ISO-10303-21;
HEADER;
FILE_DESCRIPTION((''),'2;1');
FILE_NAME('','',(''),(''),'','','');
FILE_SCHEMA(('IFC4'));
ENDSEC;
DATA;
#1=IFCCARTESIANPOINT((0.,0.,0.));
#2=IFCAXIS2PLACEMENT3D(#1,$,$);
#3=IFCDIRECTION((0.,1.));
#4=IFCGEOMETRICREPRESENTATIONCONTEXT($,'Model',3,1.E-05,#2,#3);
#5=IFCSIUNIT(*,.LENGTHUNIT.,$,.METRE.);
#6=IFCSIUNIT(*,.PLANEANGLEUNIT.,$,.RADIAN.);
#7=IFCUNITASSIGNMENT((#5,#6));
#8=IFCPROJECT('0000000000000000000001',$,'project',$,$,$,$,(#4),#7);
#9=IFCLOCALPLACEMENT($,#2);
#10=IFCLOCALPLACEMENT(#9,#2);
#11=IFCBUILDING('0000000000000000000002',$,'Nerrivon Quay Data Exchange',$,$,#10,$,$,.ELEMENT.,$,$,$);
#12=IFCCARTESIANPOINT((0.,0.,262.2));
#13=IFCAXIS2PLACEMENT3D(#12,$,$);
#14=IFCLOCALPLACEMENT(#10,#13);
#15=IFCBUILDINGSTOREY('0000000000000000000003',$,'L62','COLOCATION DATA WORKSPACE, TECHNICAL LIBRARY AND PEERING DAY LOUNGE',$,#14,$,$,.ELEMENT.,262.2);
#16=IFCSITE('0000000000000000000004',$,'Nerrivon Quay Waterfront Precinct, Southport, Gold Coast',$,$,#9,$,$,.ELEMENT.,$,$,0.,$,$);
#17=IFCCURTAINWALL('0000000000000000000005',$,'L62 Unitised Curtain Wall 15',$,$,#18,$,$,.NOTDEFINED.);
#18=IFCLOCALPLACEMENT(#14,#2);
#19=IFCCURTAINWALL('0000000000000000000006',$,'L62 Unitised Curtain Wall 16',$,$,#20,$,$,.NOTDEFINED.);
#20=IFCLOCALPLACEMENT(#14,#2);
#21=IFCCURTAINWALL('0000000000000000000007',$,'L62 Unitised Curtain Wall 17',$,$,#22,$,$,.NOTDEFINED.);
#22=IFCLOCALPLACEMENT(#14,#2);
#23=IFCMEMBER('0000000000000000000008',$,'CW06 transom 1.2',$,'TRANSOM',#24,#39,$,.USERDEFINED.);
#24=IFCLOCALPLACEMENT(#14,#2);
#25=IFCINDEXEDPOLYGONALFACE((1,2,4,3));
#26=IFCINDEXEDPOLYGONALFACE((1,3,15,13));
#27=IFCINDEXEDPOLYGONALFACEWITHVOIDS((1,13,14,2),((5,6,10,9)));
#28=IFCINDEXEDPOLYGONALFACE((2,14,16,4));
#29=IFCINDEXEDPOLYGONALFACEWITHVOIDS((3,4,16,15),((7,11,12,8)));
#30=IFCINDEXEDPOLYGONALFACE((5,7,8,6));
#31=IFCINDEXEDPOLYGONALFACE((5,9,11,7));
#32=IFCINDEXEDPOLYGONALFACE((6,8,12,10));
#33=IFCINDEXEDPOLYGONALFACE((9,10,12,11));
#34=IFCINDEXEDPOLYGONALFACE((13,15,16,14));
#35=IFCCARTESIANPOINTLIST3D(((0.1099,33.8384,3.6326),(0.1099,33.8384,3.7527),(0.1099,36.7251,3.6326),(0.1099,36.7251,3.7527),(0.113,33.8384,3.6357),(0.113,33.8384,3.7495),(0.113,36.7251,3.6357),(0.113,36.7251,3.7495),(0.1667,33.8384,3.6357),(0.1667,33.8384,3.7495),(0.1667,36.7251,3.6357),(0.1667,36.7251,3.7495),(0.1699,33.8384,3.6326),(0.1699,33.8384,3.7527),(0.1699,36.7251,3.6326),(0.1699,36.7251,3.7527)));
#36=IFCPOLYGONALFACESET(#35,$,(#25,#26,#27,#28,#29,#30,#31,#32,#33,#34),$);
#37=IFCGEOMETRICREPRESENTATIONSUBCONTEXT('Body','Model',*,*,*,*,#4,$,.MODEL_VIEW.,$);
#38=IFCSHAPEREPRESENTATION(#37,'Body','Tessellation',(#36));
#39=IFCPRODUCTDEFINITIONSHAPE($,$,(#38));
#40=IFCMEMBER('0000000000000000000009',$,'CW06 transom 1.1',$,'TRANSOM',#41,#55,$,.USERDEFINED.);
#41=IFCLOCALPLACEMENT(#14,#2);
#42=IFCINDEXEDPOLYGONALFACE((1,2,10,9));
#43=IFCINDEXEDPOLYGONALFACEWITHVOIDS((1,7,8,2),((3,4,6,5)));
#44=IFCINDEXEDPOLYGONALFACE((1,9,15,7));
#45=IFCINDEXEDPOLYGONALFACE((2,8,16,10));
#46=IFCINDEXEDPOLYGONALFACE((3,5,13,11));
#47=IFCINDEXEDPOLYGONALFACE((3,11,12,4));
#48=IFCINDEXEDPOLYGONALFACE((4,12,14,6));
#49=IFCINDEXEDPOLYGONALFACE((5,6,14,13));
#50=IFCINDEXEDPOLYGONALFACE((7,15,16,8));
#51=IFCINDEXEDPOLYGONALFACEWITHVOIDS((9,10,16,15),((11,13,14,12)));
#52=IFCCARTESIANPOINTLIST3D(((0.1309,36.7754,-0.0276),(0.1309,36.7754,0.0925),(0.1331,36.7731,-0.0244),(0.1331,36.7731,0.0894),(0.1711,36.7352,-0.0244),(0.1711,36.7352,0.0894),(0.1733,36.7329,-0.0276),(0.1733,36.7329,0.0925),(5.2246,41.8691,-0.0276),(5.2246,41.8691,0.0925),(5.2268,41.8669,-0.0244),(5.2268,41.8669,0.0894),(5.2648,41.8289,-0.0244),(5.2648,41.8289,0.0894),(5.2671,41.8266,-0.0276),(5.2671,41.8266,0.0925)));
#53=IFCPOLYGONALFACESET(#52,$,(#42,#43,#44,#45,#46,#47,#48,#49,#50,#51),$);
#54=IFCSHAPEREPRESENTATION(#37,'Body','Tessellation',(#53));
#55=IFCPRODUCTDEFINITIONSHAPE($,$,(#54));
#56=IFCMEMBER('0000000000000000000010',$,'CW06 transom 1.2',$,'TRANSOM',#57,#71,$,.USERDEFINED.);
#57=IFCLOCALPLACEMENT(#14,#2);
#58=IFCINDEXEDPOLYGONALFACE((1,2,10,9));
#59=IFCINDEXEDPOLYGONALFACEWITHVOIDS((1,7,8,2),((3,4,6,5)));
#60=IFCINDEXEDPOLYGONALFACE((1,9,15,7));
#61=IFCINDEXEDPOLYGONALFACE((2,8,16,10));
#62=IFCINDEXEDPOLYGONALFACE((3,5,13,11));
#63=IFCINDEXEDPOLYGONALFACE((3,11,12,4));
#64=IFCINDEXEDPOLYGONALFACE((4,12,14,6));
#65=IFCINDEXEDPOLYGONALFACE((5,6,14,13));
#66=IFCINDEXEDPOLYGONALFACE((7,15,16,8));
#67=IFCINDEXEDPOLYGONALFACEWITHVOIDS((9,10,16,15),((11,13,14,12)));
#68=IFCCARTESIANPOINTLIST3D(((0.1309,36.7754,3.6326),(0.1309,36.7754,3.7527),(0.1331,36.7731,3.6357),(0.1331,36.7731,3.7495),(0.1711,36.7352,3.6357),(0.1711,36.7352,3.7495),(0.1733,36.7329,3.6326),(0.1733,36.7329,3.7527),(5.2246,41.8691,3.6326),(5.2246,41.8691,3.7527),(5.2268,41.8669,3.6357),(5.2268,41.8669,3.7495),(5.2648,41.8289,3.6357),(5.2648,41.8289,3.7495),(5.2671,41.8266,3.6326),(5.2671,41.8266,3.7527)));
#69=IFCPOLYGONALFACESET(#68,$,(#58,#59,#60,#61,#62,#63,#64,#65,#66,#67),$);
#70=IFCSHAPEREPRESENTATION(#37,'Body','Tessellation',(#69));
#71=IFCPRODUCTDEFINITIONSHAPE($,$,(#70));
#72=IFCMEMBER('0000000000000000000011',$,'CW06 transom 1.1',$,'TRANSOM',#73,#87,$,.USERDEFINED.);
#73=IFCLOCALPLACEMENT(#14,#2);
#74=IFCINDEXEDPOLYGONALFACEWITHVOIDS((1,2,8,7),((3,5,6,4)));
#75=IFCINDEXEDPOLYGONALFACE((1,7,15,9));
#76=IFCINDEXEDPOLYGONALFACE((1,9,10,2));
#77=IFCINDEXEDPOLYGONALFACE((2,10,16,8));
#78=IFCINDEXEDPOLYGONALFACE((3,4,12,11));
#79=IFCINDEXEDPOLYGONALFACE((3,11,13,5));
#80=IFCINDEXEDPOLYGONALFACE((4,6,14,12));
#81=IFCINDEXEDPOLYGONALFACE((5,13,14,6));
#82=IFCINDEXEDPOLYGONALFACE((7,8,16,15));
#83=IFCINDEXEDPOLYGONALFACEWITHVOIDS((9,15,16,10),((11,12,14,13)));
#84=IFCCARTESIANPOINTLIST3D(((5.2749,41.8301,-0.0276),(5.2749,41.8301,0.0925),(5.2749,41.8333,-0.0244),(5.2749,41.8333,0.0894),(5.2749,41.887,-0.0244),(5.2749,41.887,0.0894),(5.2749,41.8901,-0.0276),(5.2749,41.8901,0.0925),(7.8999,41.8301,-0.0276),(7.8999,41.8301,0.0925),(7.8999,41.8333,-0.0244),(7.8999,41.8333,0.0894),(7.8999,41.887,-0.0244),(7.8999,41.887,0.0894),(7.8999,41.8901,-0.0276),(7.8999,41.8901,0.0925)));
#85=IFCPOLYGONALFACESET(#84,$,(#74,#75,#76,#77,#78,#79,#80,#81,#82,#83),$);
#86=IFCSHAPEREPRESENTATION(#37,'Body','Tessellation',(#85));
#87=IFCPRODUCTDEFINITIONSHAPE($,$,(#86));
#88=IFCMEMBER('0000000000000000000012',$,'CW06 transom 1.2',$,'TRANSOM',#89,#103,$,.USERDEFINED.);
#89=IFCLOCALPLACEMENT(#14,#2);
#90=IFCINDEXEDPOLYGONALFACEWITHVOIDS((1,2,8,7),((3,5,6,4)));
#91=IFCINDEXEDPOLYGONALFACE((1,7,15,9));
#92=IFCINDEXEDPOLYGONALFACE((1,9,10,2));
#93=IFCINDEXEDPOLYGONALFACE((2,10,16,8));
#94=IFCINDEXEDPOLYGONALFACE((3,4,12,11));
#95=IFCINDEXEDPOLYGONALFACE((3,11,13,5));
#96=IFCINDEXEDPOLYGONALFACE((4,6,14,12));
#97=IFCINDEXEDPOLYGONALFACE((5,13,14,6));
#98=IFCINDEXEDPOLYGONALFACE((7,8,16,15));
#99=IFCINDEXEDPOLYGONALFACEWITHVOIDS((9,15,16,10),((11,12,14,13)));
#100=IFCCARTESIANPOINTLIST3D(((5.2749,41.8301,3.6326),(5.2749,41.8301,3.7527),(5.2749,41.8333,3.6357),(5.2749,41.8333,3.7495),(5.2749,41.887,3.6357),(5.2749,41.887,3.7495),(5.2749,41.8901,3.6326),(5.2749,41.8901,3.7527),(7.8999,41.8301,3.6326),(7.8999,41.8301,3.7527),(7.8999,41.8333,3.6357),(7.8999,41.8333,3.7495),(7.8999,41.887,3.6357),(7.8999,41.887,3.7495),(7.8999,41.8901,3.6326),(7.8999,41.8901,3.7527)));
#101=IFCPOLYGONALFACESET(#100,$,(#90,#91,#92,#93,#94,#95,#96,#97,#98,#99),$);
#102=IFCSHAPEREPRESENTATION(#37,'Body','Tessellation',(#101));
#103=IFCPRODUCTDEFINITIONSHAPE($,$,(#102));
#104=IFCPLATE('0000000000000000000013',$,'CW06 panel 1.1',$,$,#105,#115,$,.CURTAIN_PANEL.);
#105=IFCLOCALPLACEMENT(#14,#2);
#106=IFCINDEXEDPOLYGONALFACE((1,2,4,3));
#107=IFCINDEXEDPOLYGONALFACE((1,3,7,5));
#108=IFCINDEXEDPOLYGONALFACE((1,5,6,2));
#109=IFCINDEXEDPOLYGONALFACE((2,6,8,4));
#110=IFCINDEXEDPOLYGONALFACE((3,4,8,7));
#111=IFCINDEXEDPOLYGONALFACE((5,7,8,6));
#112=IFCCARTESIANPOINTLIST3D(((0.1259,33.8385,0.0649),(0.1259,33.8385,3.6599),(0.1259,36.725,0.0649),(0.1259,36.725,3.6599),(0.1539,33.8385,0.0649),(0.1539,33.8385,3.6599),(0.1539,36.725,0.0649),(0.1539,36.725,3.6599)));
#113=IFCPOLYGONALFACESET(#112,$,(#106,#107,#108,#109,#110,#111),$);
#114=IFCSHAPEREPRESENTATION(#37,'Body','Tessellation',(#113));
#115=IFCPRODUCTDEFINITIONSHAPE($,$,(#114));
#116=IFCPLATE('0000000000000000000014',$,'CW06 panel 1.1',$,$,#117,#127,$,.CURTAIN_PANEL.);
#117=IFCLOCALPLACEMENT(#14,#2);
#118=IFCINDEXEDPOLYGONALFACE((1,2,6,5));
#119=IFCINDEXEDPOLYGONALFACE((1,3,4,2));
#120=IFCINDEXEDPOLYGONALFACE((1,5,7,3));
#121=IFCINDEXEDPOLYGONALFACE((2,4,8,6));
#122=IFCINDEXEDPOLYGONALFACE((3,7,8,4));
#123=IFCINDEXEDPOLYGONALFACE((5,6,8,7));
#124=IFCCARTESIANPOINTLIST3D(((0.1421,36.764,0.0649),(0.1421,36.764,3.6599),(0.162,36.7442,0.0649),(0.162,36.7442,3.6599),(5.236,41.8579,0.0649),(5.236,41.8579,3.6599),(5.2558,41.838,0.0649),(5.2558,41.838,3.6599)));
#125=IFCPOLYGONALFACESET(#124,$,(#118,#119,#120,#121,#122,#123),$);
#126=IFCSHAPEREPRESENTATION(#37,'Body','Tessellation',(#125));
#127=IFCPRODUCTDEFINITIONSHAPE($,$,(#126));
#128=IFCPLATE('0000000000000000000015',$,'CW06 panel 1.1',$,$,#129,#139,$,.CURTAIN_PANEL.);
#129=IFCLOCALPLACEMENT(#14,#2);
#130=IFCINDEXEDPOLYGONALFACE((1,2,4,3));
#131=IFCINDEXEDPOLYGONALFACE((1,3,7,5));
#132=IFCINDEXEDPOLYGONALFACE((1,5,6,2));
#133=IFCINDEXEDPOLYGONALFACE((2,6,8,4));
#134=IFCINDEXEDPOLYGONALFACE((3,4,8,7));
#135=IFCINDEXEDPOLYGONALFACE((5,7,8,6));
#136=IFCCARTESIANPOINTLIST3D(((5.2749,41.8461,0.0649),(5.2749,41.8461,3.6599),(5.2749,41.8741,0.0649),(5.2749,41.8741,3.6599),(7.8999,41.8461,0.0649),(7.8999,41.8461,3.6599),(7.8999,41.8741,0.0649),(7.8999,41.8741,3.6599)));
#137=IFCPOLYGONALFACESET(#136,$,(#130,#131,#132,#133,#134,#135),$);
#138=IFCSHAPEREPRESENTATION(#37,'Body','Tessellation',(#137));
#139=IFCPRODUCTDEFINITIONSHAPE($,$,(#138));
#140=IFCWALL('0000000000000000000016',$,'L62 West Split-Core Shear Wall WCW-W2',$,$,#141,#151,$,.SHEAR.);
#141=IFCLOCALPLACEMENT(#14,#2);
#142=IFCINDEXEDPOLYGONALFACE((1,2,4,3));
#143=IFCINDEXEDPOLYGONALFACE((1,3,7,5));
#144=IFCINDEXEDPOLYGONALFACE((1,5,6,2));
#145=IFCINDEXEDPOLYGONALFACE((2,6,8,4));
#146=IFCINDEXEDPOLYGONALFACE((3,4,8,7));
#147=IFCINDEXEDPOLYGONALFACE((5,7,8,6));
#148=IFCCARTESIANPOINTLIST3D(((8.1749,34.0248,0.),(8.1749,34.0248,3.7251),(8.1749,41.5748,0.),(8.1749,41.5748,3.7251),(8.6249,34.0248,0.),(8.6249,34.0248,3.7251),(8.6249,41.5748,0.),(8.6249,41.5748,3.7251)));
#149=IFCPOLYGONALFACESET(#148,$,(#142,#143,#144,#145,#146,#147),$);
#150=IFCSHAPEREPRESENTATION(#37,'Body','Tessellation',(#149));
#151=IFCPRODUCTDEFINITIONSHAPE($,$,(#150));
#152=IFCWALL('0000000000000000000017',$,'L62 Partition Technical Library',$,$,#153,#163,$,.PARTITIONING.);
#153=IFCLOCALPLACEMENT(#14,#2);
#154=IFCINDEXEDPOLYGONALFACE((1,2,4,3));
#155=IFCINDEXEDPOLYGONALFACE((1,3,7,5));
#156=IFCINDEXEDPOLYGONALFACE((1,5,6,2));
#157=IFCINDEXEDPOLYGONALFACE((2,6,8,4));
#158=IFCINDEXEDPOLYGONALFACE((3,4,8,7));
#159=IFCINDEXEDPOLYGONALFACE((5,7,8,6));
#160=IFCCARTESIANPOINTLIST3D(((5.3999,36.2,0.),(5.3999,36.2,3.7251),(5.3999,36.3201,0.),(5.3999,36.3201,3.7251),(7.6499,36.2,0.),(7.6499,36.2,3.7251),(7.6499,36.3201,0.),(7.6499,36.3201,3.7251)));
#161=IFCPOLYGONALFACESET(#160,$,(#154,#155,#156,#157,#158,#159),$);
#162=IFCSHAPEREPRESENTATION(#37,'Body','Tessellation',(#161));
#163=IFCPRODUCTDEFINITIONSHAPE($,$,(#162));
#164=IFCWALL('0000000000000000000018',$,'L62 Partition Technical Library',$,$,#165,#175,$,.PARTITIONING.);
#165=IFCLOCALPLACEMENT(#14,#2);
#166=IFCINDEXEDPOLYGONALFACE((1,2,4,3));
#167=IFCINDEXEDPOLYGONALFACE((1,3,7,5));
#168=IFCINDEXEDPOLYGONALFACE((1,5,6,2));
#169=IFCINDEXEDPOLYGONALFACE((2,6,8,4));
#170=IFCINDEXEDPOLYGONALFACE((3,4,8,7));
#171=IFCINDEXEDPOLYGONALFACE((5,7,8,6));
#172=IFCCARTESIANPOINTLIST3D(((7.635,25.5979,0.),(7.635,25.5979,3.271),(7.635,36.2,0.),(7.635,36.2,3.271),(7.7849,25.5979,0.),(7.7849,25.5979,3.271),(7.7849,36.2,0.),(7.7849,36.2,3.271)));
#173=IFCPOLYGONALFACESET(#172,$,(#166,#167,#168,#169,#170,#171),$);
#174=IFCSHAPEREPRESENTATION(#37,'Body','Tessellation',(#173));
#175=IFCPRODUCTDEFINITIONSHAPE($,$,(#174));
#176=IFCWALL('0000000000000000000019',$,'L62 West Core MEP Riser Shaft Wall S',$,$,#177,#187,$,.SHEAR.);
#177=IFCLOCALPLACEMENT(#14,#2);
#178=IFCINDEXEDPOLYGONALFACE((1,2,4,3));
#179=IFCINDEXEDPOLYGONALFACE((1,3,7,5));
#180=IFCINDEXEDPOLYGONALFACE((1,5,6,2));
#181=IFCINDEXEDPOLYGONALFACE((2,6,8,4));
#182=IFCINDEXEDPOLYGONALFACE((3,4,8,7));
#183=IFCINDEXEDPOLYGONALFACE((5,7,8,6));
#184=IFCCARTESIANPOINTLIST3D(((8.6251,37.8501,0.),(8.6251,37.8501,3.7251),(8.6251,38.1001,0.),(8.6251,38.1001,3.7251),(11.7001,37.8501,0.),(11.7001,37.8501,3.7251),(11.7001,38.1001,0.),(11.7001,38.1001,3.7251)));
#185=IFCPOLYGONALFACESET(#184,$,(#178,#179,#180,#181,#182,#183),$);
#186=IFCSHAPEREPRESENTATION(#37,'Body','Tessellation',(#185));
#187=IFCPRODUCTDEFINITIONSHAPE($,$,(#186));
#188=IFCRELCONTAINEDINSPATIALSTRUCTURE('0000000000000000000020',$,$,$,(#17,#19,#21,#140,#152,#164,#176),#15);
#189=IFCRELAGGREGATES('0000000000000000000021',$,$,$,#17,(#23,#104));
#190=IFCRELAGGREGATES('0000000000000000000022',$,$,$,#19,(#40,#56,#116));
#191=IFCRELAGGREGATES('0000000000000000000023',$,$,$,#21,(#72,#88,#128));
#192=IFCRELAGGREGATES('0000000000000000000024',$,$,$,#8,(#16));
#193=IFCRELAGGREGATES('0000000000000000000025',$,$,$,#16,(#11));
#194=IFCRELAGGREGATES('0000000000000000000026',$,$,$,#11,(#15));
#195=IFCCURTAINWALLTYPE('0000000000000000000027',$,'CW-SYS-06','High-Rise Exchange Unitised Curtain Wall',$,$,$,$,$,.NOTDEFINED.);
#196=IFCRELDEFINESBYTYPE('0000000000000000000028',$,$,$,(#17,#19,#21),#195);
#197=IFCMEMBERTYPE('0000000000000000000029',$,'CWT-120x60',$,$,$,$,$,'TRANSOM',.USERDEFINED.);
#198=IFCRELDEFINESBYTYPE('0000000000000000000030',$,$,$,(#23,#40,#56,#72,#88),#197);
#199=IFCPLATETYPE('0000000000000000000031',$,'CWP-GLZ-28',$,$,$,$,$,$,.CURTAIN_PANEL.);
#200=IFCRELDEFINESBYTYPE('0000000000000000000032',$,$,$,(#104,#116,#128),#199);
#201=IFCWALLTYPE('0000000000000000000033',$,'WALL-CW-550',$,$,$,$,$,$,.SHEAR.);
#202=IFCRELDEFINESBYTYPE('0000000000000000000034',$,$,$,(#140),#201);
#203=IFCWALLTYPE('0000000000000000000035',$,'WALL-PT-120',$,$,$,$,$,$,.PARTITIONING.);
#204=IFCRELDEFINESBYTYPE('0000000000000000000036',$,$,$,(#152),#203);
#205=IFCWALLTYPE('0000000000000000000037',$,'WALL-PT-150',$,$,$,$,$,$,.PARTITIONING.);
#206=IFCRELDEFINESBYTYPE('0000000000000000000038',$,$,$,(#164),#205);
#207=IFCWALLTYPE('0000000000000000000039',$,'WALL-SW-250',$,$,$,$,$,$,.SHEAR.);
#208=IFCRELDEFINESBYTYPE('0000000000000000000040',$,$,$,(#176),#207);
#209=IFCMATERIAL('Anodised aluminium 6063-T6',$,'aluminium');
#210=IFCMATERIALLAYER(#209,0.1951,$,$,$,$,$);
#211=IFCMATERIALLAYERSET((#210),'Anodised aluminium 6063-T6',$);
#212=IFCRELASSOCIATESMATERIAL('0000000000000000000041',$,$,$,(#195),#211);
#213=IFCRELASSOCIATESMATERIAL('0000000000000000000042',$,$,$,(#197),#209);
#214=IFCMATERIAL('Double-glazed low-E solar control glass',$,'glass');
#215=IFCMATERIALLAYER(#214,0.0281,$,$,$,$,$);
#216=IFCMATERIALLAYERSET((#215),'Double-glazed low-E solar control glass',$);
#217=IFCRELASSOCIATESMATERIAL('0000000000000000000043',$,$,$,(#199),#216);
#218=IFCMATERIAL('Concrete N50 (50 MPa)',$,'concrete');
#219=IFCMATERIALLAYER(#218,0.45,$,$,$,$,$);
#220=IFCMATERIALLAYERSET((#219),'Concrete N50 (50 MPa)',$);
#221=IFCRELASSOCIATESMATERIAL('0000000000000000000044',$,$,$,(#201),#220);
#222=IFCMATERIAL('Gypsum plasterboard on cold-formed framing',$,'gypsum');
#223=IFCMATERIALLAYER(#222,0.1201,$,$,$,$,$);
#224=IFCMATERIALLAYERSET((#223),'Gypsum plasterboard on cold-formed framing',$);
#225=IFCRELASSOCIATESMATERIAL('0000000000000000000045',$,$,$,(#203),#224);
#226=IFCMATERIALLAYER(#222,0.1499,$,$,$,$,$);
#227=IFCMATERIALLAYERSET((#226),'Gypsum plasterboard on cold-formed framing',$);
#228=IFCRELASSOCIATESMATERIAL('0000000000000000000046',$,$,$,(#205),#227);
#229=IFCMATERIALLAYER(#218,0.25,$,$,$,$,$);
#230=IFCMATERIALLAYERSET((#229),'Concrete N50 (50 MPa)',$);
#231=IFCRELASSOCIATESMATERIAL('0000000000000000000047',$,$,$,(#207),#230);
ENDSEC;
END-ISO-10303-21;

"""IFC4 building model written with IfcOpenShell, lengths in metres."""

from ifc_helpers import new_model, si_unit, direction, frame, frame_2d, origin, origin_2d, place, context, subcontext, project, spatial, rectangle, hollow_rectangle, extrude, material, layer, layer_set, material_profile, profile_set, type_object, element, aggregate, save


model = new_model("IFC4")

# Units and contexts
model_context = context("Model", 3, precision=1e-05, world=origin(), true_north=direction((0.0, 1.0)))
body_context = subcontext(model_context, "Body", "Model", "MODEL_VIEW")
ifc_project = project(units=[si_unit("LENGTHUNIT", "METRE"), si_unit("PLANEANGLEUNIT", "RADIAN")], contexts=[model_context])

# Site, building, storey
site_placement = place(None, origin())
site = spatial("IfcSite", under=ifc_project, at=site_placement, Name="Nerrivon Quay Waterfront Precinct, Southport, Gold Coast", CompositionType="ELEMENT", RefElevation=0.0)
building_placement = place(site_placement, origin())
building = spatial("IfcBuilding", under=site, at=building_placement, Name="Nerrivon Quay Data Exchange", CompositionType="ELEMENT")
storey_placement = place(building_placement, frame((0.0, 0.0, 262.2)))
storey = spatial("IfcBuildingStorey", under=building, at=storey_placement, Name="L62", Description="COLOCATION DATA WORKSPACE, TECHNICAL LIBRARY AND PEERING DAY LOUNGE", CompositionType="ELEMENT", Elevation=262.2)

# Shared definitions
ifc_material_1 = material(Name="Concrete N50 (50 MPa)", Category="concrete")

# Curtain walls
ifc_material_2 = material(Name="Anodised aluminium 6063-T6", Category="aluminium")
ifc_layer_1 = layer(ifc_material_2, 0.1951)
ifc_layer_set_1 = layer_set([ifc_layer_1], Name="Anodised aluminium 6063-T6")
curtain_wall_type = type_object("IfcCurtainWallType", Name="CW-SYS-06", Description="High-Rise Exchange Unitised Curtain Wall", PredefinedType="NOTDEFINED", material=ifc_layer_set_1)
curtain_wall_1_placement = place(storey_placement, origin())
curtain_wall_1 = element("IfcCurtainWall", 1, at=curtain_wall_1_placement, inside=storey, type_object=curtain_wall_type, Name="L62 Unitised Curtain Wall 15", PredefinedType="NOTDEFINED")
curtain_wall_2_placement = place(storey_placement, origin())
curtain_wall_2 = element("IfcCurtainWall", 2, at=curtain_wall_2_placement, inside=storey, type_object=curtain_wall_type, Name="L62 Unitised Curtain Wall 16", PredefinedType="NOTDEFINED")
curtain_wall_3_placement = place(storey_placement, origin())
curtain_wall_3 = element("IfcCurtainWall", 3, at=curtain_wall_3_placement, inside=storey, type_object=curtain_wall_type, Name="L62 Unitised Curtain Wall 17", PredefinedType="NOTDEFINED")

# Members
ifc_material_profile_1 = material_profile(ifc_material_2, hollow_rectangle(XDim=0.0601, YDim=0.1201, WallThickness=0.0032, at=origin_2d()), Name="ALU-TRAN-120x60")
ifc_profile_set_1 = profile_set([ifc_material_profile_1], Name="Anodised aluminium 6063-T6")
member_type_1 = type_object("IfcMemberType", Name="CWT-120x60", ElementType="TRANSOM", PredefinedType="USERDEFINED", material=ifc_profile_set_1)
member_1_placement = place(storey_placement, frame((0.1399, 33.8384, 3.6926), z_axis=(0.0, 1.0, 0.0), x_axis=(-1.0, 0.0, 0.0)))
member_1 = element("IfcMember", 4, at=member_1_placement, type_object=member_type_1, Name="CW06 transom 1.2", ObjectType="TRANSOM", PredefinedType="USERDEFINED", context=body_context, shape_type="SweptSolid", body=[
    extrude(hollow_rectangle(XDim=0.0601, YDim=0.1201, WallThickness=0.0032, at=origin_2d()), origin(), (0.0, 0.0, 1.0), 2.8867),
])
member_2_placement = place(storey_placement, frame((0.1521, 36.7542, 0.0325), z_axis=(0.707107, 0.707107, 0.0), x_axis=(-0.707107, 0.707107, 0.0)))
member_2 = element("IfcMember", 5, at=member_2_placement, type_object=member_type_1, Name="CW06 transom 1.1", ObjectType="TRANSOM", PredefinedType="USERDEFINED", context=body_context, shape_type="SweptSolid", body=[
    extrude(hollow_rectangle(XDim=0.0601, YDim=0.1201, WallThickness=0.0032, at=origin_2d()), origin(), (0.0, 0.0, 1.0), 7.2036),
])
member_3_placement = place(storey_placement, frame((0.1521, 36.7542, 3.6926), z_axis=(0.707107, 0.707107, 0.0), x_axis=(-0.707107, 0.707107, 0.0)))
member_3 = element("IfcMember", 6, at=member_3_placement, type_object=member_type_1, Name="CW06 transom 1.2", ObjectType="TRANSOM", PredefinedType="USERDEFINED", context=body_context, shape_type="SweptSolid", body=[
    extrude(hollow_rectangle(XDim=0.0601, YDim=0.1201, WallThickness=0.0032, at=origin_2d()), origin(), (0.0, 0.0, 1.0), 7.2036),
])
member_4_placement = place(storey_placement, frame((5.2749, 41.8601, 0.0325), z_axis=(1.0, 0.0, 0.0), x_axis=(0.0, 1.0, 0.0)))
member_4 = element("IfcMember", 7, at=member_4_placement, type_object=member_type_1, Name="CW06 transom 1.1", ObjectType="TRANSOM", PredefinedType="USERDEFINED", context=body_context, shape_type="SweptSolid", body=[
    extrude(hollow_rectangle(XDim=0.0601, YDim=0.1201, WallThickness=0.0032, at=origin_2d()), origin(), (0.0, 0.0, 1.0), 2.625),
])
member_5_placement = place(storey_placement, frame((5.2749, 41.8601, 3.6926), z_axis=(1.0, 0.0, 0.0), x_axis=(0.0, 1.0, 0.0)))
member_5 = element("IfcMember", 8, at=member_5_placement, type_object=member_type_1, Name="CW06 transom 1.2", ObjectType="TRANSOM", PredefinedType="USERDEFINED", context=body_context, shape_type="SweptSolid", body=[
    extrude(hollow_rectangle(XDim=0.0601, YDim=0.1201, WallThickness=0.0032, at=origin_2d()), origin(), (0.0, 0.0, 1.0), 2.625),
])

# Plates
ifc_material_3 = material(Name="Double-glazed low-E solar control glass", Category="glass")
ifc_layer_2 = layer(ifc_material_3, 0.0281)
ifc_layer_set_2 = layer_set([ifc_layer_2], Name="Double-glazed low-E solar control glass")
plate_type = type_object("IfcPlateType", Name="CWP-GLZ-28", PredefinedType="CURTAIN_PANEL", material=ifc_layer_set_2)
plate_1_placement = place(storey_placement, frame((0.1399, 35.2817, 0.0649), z_axis=(0.0, 0.0, 1.0), x_axis=(0.0, 1.0, 0.0)))
plate_1 = element("IfcPlate", 9, at=plate_1_placement, type_object=plate_type, Name="CW06 panel 1.1", PredefinedType="CURTAIN_PANEL", context=body_context, shape_type="SweptSolid", body=[
    extrude(rectangle(XDim=2.8865, YDim=0.0281, at=origin_2d()), origin(), (0.0, 0.0, 1.0), 3.595),
])
aggregate(curtain_wall_1, [member_1, plate_1])
plate_2_placement = place(storey_placement, frame((2.699, 39.301, 0.0649), z_axis=(0.0, 0.0, 1.0), x_axis=(0.707107, 0.707107, 0.0)))
plate_2 = element("IfcPlate", 10, at=plate_2_placement, type_object=plate_type, Name="CW06 panel 1.1", PredefinedType="CURTAIN_PANEL", context=body_context, shape_type="SweptSolid", body=[
    extrude(rectangle(XDim=7.2039, YDim=0.0281, at=origin_2d()), origin(), (0.0, 0.0, 1.0), 3.595),
])
aggregate(curtain_wall_2, [member_2, member_3, plate_2])
plate_3_placement = place(storey_placement, frame((6.5874, 41.8601, 0.0649), z_axis=(0.0, 0.0, 1.0), x_axis=(1.0, 0.0, 0.0)))
plate_3 = element("IfcPlate", 11, at=plate_3_placement, type_object=plate_type, Name="CW06 panel 1.1", PredefinedType="CURTAIN_PANEL", context=body_context, shape_type="SweptSolid", body=[
    extrude(rectangle(XDim=2.625, YDim=0.0281, at=origin_2d()), origin(), (0.0, 0.0, 1.0), 3.595),
])
aggregate(curtain_wall_3, [member_4, member_5, plate_3])

# Walls
ifc_layer_3 = layer(ifc_material_1, 0.45)
ifc_layer_set_3 = layer_set([ifc_layer_3], Name="Concrete N50 (50 MPa)")
wall_type_1 = type_object("IfcWallType", Name="WALL-CW-550", PredefinedType="SHEAR", material=ifc_layer_set_3)
wall_1_placement = place(storey_placement, frame((8.3999, 34.0249, 0.0), z_axis=(0.0, 0.0, 1.0), x_axis=(0.0, 1.0, 0.0)))
element("IfcWall", 12, at=wall_1_placement, inside=storey, type_object=wall_type_1, Name="L62 West Split-Core Shear Wall WCW-W2", PredefinedType="SHEAR", context=body_context, shape_type="SweptSolid", body=[
    extrude(rectangle(XDim=7.55, YDim=0.45, at=frame_2d((3.7749, 0.0))), origin(), (0.0, 0.0, 1.0), 3.7251),
])
ifc_material_4 = material(Name="Gypsum plasterboard on cold-formed framing", Category="gypsum")
ifc_layer_4 = layer(ifc_material_4, 0.1201)
ifc_layer_set_4 = layer_set([ifc_layer_4], Name="Gypsum plasterboard on cold-formed framing")
wall_type_2 = type_object("IfcWallType", Name="WALL-PT-120", PredefinedType="PARTITIONING", material=ifc_layer_set_4)
wall_2_placement = place(storey_placement, frame((5.3999, 36.26, 0.0), z_axis=(0.0, 0.0, 1.0), x_axis=(1.0, 0.0, 0.0)))
element("IfcWall", 13, at=wall_2_placement, inside=storey, type_object=wall_type_2, Name="L62 Partition Technical Library", PredefinedType="PARTITIONING", context=body_context, shape_type="SweptSolid", body=[
    extrude(rectangle(XDim=2.25, YDim=0.1201, at=frame_2d((1.125, 0.0))), origin(), (0.0, 0.0, 1.0), 3.7251),
])
ifc_layer_5 = layer(ifc_material_4, 0.1499)
ifc_layer_set_5 = layer_set([ifc_layer_5], Name="Gypsum plasterboard on cold-formed framing")
wall_type_3 = type_object("IfcWallType", Name="WALL-PT-150", PredefinedType="PARTITIONING", material=ifc_layer_set_5)
wall_3_placement = place(storey_placement, frame((7.71, 36.2, 0.0), z_axis=(0.0, 0.0, 1.0), x_axis=(0.0, -1.0, 0.0)))
element("IfcWall", 14, at=wall_3_placement, inside=storey, type_object=wall_type_3, Name="L62 Partition Technical Library", PredefinedType="PARTITIONING", context=body_context, shape_type="SweptSolid", body=[
    extrude(rectangle(XDim=10.6021, YDim=0.1499, at=frame_2d((5.301, 0.0))), origin(), (0.0, 0.0, 1.0), 3.271),
])
ifc_layer_6 = layer(ifc_material_1, 0.25)
ifc_layer_set_6 = layer_set([ifc_layer_6], Name="Concrete N50 (50 MPa)")
wall_type_4 = type_object("IfcWallType", Name="WALL-SW-250", PredefinedType="SHEAR", material=ifc_layer_set_6)
wall_4_placement = place(storey_placement, frame((8.625, 37.9751, 0.0), z_axis=(0.0, 0.0, 1.0), x_axis=(1.0, 0.0, 0.0)))
element("IfcWall", 15, at=wall_4_placement, inside=storey, type_object=wall_type_4, Name="L62 West Core MEP Riser Shaft Wall S", PredefinedType="SHEAR", context=body_context, shape_type="SweptSolid", body=[
    extrude(rectangle(XDim=3.075, YDim=0.25, at=frame_2d((1.5376, 0.0))), origin(), (0.0, 0.0, 1.0), 3.7251),
])

save(model, "model.ifc")
